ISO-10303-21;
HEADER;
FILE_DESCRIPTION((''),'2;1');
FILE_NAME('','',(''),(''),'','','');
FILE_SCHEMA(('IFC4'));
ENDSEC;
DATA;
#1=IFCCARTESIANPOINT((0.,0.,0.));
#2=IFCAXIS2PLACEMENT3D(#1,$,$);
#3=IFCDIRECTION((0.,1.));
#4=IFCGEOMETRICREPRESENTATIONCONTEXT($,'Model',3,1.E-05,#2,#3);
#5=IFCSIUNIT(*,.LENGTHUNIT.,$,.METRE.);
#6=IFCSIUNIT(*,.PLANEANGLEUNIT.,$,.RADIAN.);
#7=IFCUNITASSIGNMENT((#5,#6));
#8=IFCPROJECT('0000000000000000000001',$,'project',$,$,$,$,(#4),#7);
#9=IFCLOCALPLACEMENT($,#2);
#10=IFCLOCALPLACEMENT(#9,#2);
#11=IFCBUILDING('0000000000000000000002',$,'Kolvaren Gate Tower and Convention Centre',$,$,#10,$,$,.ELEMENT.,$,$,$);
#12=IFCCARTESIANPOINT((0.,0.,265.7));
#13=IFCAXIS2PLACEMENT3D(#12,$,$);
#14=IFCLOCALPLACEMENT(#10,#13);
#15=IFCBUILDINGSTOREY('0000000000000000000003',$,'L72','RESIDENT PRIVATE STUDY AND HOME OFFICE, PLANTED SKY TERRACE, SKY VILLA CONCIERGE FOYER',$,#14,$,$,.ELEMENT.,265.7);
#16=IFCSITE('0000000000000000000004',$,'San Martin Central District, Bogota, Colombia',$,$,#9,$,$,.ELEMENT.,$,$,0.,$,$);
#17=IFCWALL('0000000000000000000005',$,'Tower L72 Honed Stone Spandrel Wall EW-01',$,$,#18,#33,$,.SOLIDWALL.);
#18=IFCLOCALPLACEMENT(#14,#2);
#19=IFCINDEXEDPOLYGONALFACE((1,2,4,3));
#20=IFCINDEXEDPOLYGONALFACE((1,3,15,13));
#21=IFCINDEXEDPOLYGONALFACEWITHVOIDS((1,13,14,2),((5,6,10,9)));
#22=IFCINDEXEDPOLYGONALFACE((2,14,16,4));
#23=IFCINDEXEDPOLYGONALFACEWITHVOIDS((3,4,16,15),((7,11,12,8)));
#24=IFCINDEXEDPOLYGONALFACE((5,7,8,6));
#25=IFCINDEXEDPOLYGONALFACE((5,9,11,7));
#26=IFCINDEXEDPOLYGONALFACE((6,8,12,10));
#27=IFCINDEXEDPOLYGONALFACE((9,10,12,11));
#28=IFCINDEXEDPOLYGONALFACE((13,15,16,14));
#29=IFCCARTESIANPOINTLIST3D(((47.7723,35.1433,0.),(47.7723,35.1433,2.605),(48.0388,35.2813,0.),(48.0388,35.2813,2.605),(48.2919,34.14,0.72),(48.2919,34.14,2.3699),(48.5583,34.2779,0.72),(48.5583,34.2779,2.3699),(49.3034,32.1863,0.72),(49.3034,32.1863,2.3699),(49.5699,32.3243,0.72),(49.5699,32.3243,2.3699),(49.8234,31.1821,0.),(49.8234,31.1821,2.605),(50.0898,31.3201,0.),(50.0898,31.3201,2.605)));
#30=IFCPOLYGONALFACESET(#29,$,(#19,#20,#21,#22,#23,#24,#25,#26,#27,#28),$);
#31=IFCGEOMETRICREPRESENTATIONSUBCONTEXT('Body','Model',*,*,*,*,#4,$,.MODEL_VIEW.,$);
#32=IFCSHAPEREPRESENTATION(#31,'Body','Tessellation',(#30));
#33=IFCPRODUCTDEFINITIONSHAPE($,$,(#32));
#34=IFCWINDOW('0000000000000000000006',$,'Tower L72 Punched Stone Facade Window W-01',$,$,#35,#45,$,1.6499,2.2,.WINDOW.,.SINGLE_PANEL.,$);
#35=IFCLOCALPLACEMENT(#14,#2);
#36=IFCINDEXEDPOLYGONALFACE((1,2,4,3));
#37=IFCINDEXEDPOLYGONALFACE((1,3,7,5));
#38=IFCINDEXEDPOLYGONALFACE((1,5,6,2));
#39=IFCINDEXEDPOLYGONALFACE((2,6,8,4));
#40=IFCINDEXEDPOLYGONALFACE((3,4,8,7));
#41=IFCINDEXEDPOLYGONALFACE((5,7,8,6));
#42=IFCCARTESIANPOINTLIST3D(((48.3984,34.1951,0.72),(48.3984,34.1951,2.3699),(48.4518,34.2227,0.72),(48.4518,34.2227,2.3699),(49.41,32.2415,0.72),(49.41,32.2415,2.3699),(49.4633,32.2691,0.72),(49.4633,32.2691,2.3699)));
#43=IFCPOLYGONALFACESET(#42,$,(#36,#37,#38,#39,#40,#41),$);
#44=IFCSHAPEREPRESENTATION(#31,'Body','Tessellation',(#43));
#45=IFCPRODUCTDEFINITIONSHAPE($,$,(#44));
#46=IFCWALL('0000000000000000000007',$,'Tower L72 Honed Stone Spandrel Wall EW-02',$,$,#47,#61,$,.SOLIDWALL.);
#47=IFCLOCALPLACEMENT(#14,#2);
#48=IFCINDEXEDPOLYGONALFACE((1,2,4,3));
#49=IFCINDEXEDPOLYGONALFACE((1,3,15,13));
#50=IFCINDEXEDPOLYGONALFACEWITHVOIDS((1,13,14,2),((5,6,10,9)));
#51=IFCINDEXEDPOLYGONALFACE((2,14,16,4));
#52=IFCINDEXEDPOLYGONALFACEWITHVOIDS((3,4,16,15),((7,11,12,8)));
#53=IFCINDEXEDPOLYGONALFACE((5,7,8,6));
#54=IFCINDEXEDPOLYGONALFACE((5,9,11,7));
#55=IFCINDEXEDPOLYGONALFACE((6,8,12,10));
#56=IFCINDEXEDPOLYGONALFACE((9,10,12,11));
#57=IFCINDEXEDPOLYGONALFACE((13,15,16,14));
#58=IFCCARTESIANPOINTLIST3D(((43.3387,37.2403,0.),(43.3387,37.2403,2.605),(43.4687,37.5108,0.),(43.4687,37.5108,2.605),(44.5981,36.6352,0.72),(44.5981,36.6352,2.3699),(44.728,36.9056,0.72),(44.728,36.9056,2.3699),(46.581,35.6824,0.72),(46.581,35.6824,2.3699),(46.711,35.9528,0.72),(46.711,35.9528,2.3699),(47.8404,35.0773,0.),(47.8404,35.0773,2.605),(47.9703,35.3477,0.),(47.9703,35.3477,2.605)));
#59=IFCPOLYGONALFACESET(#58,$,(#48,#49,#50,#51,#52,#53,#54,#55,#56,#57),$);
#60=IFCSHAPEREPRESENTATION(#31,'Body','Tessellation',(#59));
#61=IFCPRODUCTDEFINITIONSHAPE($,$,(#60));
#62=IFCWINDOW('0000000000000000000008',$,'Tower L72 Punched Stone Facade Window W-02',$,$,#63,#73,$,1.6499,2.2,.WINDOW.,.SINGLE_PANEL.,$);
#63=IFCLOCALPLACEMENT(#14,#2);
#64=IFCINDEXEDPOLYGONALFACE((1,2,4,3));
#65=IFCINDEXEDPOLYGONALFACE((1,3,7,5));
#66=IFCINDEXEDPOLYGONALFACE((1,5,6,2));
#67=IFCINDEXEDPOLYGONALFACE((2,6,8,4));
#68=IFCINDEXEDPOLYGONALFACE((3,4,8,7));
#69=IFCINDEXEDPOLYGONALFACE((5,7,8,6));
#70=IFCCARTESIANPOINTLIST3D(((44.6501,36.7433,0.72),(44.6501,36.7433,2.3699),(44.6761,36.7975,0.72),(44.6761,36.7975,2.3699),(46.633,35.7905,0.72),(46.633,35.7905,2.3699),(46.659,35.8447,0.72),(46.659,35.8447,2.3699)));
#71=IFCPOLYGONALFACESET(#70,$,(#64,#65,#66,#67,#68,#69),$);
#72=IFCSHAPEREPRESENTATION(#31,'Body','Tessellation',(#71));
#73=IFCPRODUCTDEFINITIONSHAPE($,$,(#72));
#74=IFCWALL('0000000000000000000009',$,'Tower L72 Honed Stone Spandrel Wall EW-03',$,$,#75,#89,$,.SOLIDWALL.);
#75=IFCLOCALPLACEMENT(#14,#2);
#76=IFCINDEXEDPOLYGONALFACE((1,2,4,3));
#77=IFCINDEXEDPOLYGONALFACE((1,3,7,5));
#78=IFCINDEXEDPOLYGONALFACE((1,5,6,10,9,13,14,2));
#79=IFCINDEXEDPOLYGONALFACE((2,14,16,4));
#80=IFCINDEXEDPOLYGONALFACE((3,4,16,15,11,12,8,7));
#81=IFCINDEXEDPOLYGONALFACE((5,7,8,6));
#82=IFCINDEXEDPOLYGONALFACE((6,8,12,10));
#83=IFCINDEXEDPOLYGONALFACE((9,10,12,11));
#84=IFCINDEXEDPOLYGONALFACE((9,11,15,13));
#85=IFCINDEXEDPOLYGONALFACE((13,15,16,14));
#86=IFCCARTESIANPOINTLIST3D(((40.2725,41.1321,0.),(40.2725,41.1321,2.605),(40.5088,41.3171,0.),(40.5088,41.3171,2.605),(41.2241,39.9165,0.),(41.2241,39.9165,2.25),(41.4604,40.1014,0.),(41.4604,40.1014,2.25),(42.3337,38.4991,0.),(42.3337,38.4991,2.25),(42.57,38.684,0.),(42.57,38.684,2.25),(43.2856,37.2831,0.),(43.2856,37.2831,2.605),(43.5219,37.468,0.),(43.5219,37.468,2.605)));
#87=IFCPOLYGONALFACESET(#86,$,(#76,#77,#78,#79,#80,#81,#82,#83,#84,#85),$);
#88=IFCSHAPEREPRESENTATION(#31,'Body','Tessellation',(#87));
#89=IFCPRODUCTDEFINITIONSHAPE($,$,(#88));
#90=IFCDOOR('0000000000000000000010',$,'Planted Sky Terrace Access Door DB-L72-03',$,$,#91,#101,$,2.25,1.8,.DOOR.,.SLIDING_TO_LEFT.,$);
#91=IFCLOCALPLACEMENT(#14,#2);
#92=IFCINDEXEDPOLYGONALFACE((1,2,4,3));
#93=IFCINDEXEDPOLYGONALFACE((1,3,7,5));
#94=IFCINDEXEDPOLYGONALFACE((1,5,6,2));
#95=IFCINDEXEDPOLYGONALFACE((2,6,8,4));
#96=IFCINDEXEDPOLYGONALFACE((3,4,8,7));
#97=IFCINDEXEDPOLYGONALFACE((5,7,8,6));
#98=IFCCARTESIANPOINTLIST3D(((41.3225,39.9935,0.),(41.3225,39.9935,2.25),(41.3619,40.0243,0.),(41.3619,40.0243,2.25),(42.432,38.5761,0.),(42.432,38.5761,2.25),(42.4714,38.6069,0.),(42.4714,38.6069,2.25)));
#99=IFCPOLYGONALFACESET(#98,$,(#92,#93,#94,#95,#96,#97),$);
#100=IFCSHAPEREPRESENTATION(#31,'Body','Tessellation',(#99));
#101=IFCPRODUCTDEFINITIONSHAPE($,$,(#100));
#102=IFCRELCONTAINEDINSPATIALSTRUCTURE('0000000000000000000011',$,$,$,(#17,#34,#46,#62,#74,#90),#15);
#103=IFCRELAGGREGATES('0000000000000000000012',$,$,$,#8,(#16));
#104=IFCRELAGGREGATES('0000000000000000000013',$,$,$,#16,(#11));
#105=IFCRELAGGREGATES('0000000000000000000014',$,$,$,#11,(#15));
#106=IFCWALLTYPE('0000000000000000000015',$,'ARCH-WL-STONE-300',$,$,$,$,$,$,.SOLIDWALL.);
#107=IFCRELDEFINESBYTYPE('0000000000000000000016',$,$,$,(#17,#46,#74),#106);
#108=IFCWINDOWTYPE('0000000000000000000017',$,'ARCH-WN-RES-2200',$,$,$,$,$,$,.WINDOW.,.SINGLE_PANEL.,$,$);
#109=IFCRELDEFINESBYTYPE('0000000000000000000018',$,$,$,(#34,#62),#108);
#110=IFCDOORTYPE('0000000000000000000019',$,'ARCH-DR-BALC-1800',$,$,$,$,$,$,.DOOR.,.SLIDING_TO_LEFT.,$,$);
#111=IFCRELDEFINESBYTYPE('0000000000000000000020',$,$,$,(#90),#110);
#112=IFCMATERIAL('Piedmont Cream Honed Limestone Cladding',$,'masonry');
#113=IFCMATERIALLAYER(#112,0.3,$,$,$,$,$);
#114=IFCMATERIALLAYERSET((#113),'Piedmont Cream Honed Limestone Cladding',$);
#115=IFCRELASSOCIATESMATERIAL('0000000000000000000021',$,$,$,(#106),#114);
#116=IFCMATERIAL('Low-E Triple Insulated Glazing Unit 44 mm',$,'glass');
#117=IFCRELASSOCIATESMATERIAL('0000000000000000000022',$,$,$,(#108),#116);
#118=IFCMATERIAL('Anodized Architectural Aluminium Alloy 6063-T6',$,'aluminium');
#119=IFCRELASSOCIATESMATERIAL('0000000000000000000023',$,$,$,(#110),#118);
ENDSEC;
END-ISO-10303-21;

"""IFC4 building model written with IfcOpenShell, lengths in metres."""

from ifc_helpers import new_model, si_unit, direction, frame, frame_2d, origin, place, context, subcontext, project, spatial, rectangle, extrude, material, layer, layer_set, type_object, element, fill, save


model = new_model("IFC4")

# Units and contexts
model_context = context("Model", 3, precision=1e-05, world=origin(), true_north=direction((0.0, 1.0)))
body_context = subcontext(model_context, "Body", "Model", "MODEL_VIEW")
ifc_project = project(units=[si_unit("LENGTHUNIT", "METRE"), si_unit("PLANEANGLEUNIT", "RADIAN")], contexts=[model_context])

# Site, building, storey
site_placement = place(None, origin())
site = spatial("IfcSite", under=ifc_project, at=site_placement, Name="San Martin Central District, Bogota, Colombia", CompositionType="ELEMENT", RefElevation=0.0)
building_placement = place(site_placement, origin())
building = spatial("IfcBuilding", under=site, at=building_placement, Name="Kolvaren Gate Tower and Convention Centre", CompositionType="ELEMENT")
storey_placement = place(building_placement, frame((0.0, 0.0, 265.7)))
storey = spatial("IfcBuildingStorey", under=building, at=storey_placement, Name="L72", Description="RESIDENT PRIVATE STUDY AND HOME OFFICE, PLANTED SKY TERRACE, SKY VILLA CONCIERGE FOYER", CompositionType="ELEMENT", Elevation=265.7)

# Shared definitions
ifc_material_1 = material(Name="Piedmont Cream Honed Limestone Cladding", Category="masonry")

# Walls, openings, windows
ifc_layer_1 = layer(ifc_material_1, 0.3)
ifc_layer_set_1 = layer_set([ifc_layer_1], Name="Piedmont Cream Honed Limestone Cladding")
wall_type_1 = type_object("IfcWallType", Name="ARCH-WL-STONE-300", PredefinedType="SOLIDWALL", material=ifc_layer_set_1)
wall_1_placement = place(storey_placement, frame((47.9055, 35.2124, 0.0), z_axis=(0.0, 0.0, 1.0), x_axis=(0.459801, -0.888022, 0.0)))
wall_1 = element("IfcWall", 1, at=wall_1_placement, inside=storey, type_object=wall_type_1, Name="Tower L72 Honed Stone Spandrel Wall EW-01", PredefinedType="SOLIDWALL", context=body_context, shape_type="SweptSolid", body=[
    extrude(rectangle(XDim=4.4607, YDim=0.3, at=frame_2d((2.2305, 0.0))), origin(), (0.0, 0.0, 1.0), 2.605),
])
opening_1_placement = place(wall_1_placement, frame((1.1299, 0.0, 0.72)))
opening_1 = element("IfcOpeningElement", 2, at=opening_1_placement, cuts=wall_1, PredefinedType="OPENING", context=body_context, shape_type="SweptSolid", body=[
    extrude(rectangle(XDim=2.2, YDim=1.6499, at=frame_2d((1.1001, 0.825))), frame((0.0, 0.1599, 0.0), z_axis=(0.0, -1.0, 0.0), x_axis=(1.0, 0.0, 0.0)), (0.0, 0.0, 1.0), 0.3201),
])
ifc_material_2 = material(Name="Low-E Triple Insulated Glazing Unit 44 mm", Category="glass")
window_type = type_object("IfcWindowType", Name="ARCH-WN-RES-2200", PartitioningType="SINGLE_PANEL", PredefinedType="WINDOW", material=ifc_material_2)
window_1_placement = place(opening_1_placement, origin())
window_1 = element("IfcWindow", 3, at=window_1_placement, inside=storey, type_object=window_type, Name="Tower L72 Punched Stone Facade Window W-01", OverallHeight=1.6499, OverallWidth=2.2, PartitioningType="SINGLE_PANEL", PredefinedType="WINDOW", context=body_context, shape_type="SweptSolid", body=[
    extrude(rectangle(XDim=2.2, YDim=1.6499, at=frame_2d((1.1001, 0.825))), frame((0.0, 0.03, 0.0), z_axis=(0.0, -1.0, 0.0), x_axis=(1.0, 0.0, 0.0)), (0.0, 0.0, 1.0), 0.0601),
])
fill(opening_1, window_1)
wall_2_placement = place(storey_placement, frame((43.4038, 37.3755, 0.0), z_axis=(0.0, 0.0, 1.0), x_axis=(0.901346, -0.4331, 0.0)))
wall_2 = element("IfcWall", 4, at=wall_2_placement, inside=storey, type_object=wall_type_1, Name="Tower L72 Honed Stone Spandrel Wall EW-02", PredefinedType="SOLIDWALL", context=body_context, shape_type="SweptSolid", body=[
    extrude(rectangle(XDim=4.9944, YDim=0.3, at=frame_2d((2.4971, 0.0))), origin(), (0.0, 0.0, 1.0), 2.605),
])
opening_2_placement = place(wall_2_placement, frame((1.397, 0.0, 0.72)))
opening_2 = element("IfcOpeningElement", 5, at=opening_2_placement, cuts=wall_2, PredefinedType="OPENING", context=body_context, shape_type="SweptSolid", body=[
    extrude(rectangle(XDim=2.2, YDim=1.6499, at=frame_2d((1.1001, 0.825))), frame((0.0, 0.1599, 0.0), z_axis=(0.0, -1.0, 0.0), x_axis=(1.0, 0.0, 0.0)), (0.0, 0.0, 1.0), 0.3201),
])
window_2_placement = place(opening_2_placement, origin())
window_2 = element("IfcWindow", 6, at=window_2_placement, inside=storey, type_object=window_type, Name="Tower L72 Punched Stone Facade Window W-02", OverallHeight=1.6499, OverallWidth=2.2, PartitioningType="SINGLE_PANEL", PredefinedType="WINDOW", context=body_context, shape_type="SweptSolid", body=[
    extrude(rectangle(XDim=2.2, YDim=1.6499, at=frame_2d((1.1001, 0.825))), frame((0.0, 0.03, 0.0), z_axis=(0.0, -1.0, 0.0), x_axis=(1.0, 0.0, 0.0)), (0.0, 0.0, 1.0), 0.0601),
])
fill(opening_2, window_2)

# Wall, opening, door
wall_3_placement = place(storey_placement, frame((40.3906, 41.2246, 0.0), z_axis=(0.0, 0.0, 1.0), x_axis=(0.616413, -0.787423, 0.0)))
wall_3 = element("IfcWall", 7, at=wall_3_placement, inside=storey, type_object=wall_type_1, Name="Tower L72 Honed Stone Spandrel Wall EW-03", PredefinedType="SOLIDWALL", context=body_context, shape_type="SweptSolid", body=[
    extrude(rectangle(XDim=4.8882, YDim=0.3, at=frame_2d((2.4441, 0.0))), origin(), (0.0, 0.0, 1.0), 2.605),
])
opening_3_placement = place(wall_3_placement, frame((1.5439, 0.0, 0.0)))
opening_3 = element("IfcOpeningElement", 8, at=opening_3_placement, cuts=wall_3, PredefinedType="OPENING", context=body_context, shape_type="SweptSolid", body=[
    extrude(rectangle(XDim=1.8, YDim=2.25, at=frame_2d((0.8999, 1.125))), frame((0.0, 0.1599, 0.0), z_axis=(0.0, -1.0, 0.0), x_axis=(1.0, 0.0, 0.0)), (0.0, 0.0, 1.0), 0.3201),
])
ifc_material_3 = material(Name="Anodized Architectural Aluminium Alloy 6063-T6", Category="aluminium")
door_type = type_object("IfcDoorType", Name="ARCH-DR-BALC-1800", OperationType="SLIDING_TO_LEFT", PredefinedType="DOOR", material=ifc_material_3)
door_placement = place(opening_3_placement, origin())
door = element("IfcDoor", 9, at=door_placement, inside=storey, type_object=door_type, Name="Planted Sky Terrace Access Door DB-L72-03", OperationType="SLIDING_TO_LEFT", OverallHeight=2.25, OverallWidth=1.8, PredefinedType="DOOR", context=body_context, shape_type="SweptSolid", body=[
    extrude(rectangle(XDim=1.8, YDim=2.25, at=frame_2d((0.8999, 1.125))), frame((0.0, 0.0249, 0.0), z_axis=(0.0, -1.0, 0.0), x_axis=(1.0, 0.0, 0.0)), (0.0, 0.0, 1.0), 0.05),
])
fill(opening_3, door)

save(model, "model.ifc")
